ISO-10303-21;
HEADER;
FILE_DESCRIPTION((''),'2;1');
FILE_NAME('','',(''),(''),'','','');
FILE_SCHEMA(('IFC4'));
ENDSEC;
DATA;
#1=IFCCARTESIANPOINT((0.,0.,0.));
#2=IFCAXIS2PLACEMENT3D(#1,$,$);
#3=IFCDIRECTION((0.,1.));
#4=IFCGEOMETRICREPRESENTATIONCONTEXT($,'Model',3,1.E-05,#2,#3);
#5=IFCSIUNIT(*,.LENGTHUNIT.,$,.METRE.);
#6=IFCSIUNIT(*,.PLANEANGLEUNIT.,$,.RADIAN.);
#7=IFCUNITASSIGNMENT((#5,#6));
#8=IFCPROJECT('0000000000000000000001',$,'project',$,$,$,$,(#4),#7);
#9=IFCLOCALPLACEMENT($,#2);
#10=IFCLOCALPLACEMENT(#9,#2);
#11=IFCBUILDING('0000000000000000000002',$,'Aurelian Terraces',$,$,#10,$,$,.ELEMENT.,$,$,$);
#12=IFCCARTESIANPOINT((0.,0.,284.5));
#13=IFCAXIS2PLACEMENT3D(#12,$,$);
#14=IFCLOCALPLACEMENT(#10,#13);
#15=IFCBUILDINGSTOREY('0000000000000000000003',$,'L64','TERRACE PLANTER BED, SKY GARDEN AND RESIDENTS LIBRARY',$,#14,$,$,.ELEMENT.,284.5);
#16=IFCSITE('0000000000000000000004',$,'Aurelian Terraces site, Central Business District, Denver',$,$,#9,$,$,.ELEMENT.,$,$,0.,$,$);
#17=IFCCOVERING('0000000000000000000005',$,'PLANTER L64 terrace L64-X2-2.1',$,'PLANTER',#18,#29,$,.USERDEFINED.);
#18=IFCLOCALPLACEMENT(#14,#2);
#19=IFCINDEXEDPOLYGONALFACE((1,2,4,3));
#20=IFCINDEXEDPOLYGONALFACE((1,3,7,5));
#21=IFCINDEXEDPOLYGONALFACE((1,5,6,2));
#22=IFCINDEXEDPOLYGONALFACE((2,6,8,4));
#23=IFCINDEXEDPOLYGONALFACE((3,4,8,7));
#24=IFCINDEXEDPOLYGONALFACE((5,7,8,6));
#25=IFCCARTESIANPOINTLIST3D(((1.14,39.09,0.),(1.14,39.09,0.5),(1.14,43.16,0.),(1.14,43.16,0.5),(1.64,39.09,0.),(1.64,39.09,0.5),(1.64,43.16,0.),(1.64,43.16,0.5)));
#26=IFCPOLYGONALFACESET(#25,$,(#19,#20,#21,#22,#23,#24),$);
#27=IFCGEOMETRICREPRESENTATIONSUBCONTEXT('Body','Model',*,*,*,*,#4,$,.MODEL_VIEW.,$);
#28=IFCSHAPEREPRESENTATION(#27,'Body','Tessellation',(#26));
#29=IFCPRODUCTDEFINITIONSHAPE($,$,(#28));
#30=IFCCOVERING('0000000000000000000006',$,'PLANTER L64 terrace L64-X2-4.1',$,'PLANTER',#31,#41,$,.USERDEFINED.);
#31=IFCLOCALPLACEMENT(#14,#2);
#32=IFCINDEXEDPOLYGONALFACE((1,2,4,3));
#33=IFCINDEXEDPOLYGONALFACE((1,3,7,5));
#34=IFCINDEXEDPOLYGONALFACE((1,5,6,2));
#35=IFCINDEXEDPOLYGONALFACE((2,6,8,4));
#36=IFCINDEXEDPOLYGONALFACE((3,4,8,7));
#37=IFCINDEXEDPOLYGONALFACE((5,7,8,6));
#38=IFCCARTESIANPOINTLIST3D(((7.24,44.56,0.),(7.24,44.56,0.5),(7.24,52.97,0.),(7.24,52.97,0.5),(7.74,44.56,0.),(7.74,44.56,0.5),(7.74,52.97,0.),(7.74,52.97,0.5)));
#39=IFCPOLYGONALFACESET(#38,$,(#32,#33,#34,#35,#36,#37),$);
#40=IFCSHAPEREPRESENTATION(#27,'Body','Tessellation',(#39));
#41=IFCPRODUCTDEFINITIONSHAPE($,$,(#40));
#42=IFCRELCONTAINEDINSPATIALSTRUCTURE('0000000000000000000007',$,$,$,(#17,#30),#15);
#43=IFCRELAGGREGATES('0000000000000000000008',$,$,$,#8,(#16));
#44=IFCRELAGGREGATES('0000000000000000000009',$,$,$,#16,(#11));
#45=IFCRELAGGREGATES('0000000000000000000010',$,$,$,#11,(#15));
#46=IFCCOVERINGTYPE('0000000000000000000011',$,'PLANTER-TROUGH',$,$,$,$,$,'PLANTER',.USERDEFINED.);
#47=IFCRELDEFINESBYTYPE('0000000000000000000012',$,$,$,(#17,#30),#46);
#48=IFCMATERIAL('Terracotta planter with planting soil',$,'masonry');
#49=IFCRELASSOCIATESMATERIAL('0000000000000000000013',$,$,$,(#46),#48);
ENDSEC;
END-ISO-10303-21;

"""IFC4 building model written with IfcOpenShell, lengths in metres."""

from ifc_helpers import new_model, si_unit, direction, frame, origin, origin_2d, place, context, subcontext, project, spatial, rectangle, extrude, material, type_object, element, save


model = new_model("IFC4")

# Units and contexts
model_context = context("Model", 3, precision=1e-05, world=origin(), true_north=direction((0.0, 1.0)))
body_context = subcontext(model_context, "Body", "Model", "MODEL_VIEW")
ifc_project = project(units=[si_unit("LENGTHUNIT", "METRE"), si_unit("PLANEANGLEUNIT", "RADIAN")], contexts=[model_context])

# Site, building, storey
site_placement = place(None, origin())
site = spatial("IfcSite", under=ifc_project, at=site_placement, Name="Aurelian Terraces site, Central Business District, Denver", CompositionType="ELEMENT", RefElevation=0.0)
building_placement = place(site_placement, origin())
building = spatial("IfcBuilding", under=site, at=building_placement, Name="Aurelian Terraces", CompositionType="ELEMENT")
storey_placement = place(building_placement, frame((0.0, 0.0, 284.5)))
storey = spatial("IfcBuildingStorey", under=building, at=storey_placement, Name="L64", Description="TERRACE PLANTER BED, SKY GARDEN AND RESIDENTS LIBRARY", CompositionType="ELEMENT", Elevation=284.5)

# Coverings
ifc_material_1 = material(Name="Terracotta planter with planting soil", Category="masonry")
covering_type_1 = type_object("IfcCoveringType", Name="PLANTER-TROUGH", ElementType="PLANTER", PredefinedType="USERDEFINED", material=ifc_material_1)
covering_1_placement = place(storey_placement, frame((1.39, 41.125, 0.0), z_axis=(0.0, 0.0, 1.0), x_axis=(1.0, 0.0, 0.0)))
element("IfcCovering", 1, at=covering_1_placement, inside=storey, type_object=covering_type_1, Name="PLANTER L64 terrace L64-X2-2.1", ObjectType="PLANTER", PredefinedType="USERDEFINED", context=body_context, shape_type="SweptSolid", body=[
    extrude(rectangle(XDim=0.5, YDim=4.07, at=origin_2d()), origin(), (0.0, 0.0, 1.0), 0.5),
])
covering_2_placement = place(storey_placement, frame((7.49, 48.765, 0.0), z_axis=(0.0, 0.0, 1.0), x_axis=(1.0, 0.0, 0.0)))
element("IfcCovering", 2, at=covering_2_placement, inside=storey, type_object=covering_type_1, Name="PLANTER L64 terrace L64-X2-4.1", ObjectType="PLANTER", PredefinedType="USERDEFINED", context=body_context, shape_type="SweptSolid", body=[
    extrude(rectangle(XDim=0.5, YDim=8.41, at=origin_2d()), origin(), (0.0, 0.0, 1.0), 0.5),
])

save(model, "model.ifc")
